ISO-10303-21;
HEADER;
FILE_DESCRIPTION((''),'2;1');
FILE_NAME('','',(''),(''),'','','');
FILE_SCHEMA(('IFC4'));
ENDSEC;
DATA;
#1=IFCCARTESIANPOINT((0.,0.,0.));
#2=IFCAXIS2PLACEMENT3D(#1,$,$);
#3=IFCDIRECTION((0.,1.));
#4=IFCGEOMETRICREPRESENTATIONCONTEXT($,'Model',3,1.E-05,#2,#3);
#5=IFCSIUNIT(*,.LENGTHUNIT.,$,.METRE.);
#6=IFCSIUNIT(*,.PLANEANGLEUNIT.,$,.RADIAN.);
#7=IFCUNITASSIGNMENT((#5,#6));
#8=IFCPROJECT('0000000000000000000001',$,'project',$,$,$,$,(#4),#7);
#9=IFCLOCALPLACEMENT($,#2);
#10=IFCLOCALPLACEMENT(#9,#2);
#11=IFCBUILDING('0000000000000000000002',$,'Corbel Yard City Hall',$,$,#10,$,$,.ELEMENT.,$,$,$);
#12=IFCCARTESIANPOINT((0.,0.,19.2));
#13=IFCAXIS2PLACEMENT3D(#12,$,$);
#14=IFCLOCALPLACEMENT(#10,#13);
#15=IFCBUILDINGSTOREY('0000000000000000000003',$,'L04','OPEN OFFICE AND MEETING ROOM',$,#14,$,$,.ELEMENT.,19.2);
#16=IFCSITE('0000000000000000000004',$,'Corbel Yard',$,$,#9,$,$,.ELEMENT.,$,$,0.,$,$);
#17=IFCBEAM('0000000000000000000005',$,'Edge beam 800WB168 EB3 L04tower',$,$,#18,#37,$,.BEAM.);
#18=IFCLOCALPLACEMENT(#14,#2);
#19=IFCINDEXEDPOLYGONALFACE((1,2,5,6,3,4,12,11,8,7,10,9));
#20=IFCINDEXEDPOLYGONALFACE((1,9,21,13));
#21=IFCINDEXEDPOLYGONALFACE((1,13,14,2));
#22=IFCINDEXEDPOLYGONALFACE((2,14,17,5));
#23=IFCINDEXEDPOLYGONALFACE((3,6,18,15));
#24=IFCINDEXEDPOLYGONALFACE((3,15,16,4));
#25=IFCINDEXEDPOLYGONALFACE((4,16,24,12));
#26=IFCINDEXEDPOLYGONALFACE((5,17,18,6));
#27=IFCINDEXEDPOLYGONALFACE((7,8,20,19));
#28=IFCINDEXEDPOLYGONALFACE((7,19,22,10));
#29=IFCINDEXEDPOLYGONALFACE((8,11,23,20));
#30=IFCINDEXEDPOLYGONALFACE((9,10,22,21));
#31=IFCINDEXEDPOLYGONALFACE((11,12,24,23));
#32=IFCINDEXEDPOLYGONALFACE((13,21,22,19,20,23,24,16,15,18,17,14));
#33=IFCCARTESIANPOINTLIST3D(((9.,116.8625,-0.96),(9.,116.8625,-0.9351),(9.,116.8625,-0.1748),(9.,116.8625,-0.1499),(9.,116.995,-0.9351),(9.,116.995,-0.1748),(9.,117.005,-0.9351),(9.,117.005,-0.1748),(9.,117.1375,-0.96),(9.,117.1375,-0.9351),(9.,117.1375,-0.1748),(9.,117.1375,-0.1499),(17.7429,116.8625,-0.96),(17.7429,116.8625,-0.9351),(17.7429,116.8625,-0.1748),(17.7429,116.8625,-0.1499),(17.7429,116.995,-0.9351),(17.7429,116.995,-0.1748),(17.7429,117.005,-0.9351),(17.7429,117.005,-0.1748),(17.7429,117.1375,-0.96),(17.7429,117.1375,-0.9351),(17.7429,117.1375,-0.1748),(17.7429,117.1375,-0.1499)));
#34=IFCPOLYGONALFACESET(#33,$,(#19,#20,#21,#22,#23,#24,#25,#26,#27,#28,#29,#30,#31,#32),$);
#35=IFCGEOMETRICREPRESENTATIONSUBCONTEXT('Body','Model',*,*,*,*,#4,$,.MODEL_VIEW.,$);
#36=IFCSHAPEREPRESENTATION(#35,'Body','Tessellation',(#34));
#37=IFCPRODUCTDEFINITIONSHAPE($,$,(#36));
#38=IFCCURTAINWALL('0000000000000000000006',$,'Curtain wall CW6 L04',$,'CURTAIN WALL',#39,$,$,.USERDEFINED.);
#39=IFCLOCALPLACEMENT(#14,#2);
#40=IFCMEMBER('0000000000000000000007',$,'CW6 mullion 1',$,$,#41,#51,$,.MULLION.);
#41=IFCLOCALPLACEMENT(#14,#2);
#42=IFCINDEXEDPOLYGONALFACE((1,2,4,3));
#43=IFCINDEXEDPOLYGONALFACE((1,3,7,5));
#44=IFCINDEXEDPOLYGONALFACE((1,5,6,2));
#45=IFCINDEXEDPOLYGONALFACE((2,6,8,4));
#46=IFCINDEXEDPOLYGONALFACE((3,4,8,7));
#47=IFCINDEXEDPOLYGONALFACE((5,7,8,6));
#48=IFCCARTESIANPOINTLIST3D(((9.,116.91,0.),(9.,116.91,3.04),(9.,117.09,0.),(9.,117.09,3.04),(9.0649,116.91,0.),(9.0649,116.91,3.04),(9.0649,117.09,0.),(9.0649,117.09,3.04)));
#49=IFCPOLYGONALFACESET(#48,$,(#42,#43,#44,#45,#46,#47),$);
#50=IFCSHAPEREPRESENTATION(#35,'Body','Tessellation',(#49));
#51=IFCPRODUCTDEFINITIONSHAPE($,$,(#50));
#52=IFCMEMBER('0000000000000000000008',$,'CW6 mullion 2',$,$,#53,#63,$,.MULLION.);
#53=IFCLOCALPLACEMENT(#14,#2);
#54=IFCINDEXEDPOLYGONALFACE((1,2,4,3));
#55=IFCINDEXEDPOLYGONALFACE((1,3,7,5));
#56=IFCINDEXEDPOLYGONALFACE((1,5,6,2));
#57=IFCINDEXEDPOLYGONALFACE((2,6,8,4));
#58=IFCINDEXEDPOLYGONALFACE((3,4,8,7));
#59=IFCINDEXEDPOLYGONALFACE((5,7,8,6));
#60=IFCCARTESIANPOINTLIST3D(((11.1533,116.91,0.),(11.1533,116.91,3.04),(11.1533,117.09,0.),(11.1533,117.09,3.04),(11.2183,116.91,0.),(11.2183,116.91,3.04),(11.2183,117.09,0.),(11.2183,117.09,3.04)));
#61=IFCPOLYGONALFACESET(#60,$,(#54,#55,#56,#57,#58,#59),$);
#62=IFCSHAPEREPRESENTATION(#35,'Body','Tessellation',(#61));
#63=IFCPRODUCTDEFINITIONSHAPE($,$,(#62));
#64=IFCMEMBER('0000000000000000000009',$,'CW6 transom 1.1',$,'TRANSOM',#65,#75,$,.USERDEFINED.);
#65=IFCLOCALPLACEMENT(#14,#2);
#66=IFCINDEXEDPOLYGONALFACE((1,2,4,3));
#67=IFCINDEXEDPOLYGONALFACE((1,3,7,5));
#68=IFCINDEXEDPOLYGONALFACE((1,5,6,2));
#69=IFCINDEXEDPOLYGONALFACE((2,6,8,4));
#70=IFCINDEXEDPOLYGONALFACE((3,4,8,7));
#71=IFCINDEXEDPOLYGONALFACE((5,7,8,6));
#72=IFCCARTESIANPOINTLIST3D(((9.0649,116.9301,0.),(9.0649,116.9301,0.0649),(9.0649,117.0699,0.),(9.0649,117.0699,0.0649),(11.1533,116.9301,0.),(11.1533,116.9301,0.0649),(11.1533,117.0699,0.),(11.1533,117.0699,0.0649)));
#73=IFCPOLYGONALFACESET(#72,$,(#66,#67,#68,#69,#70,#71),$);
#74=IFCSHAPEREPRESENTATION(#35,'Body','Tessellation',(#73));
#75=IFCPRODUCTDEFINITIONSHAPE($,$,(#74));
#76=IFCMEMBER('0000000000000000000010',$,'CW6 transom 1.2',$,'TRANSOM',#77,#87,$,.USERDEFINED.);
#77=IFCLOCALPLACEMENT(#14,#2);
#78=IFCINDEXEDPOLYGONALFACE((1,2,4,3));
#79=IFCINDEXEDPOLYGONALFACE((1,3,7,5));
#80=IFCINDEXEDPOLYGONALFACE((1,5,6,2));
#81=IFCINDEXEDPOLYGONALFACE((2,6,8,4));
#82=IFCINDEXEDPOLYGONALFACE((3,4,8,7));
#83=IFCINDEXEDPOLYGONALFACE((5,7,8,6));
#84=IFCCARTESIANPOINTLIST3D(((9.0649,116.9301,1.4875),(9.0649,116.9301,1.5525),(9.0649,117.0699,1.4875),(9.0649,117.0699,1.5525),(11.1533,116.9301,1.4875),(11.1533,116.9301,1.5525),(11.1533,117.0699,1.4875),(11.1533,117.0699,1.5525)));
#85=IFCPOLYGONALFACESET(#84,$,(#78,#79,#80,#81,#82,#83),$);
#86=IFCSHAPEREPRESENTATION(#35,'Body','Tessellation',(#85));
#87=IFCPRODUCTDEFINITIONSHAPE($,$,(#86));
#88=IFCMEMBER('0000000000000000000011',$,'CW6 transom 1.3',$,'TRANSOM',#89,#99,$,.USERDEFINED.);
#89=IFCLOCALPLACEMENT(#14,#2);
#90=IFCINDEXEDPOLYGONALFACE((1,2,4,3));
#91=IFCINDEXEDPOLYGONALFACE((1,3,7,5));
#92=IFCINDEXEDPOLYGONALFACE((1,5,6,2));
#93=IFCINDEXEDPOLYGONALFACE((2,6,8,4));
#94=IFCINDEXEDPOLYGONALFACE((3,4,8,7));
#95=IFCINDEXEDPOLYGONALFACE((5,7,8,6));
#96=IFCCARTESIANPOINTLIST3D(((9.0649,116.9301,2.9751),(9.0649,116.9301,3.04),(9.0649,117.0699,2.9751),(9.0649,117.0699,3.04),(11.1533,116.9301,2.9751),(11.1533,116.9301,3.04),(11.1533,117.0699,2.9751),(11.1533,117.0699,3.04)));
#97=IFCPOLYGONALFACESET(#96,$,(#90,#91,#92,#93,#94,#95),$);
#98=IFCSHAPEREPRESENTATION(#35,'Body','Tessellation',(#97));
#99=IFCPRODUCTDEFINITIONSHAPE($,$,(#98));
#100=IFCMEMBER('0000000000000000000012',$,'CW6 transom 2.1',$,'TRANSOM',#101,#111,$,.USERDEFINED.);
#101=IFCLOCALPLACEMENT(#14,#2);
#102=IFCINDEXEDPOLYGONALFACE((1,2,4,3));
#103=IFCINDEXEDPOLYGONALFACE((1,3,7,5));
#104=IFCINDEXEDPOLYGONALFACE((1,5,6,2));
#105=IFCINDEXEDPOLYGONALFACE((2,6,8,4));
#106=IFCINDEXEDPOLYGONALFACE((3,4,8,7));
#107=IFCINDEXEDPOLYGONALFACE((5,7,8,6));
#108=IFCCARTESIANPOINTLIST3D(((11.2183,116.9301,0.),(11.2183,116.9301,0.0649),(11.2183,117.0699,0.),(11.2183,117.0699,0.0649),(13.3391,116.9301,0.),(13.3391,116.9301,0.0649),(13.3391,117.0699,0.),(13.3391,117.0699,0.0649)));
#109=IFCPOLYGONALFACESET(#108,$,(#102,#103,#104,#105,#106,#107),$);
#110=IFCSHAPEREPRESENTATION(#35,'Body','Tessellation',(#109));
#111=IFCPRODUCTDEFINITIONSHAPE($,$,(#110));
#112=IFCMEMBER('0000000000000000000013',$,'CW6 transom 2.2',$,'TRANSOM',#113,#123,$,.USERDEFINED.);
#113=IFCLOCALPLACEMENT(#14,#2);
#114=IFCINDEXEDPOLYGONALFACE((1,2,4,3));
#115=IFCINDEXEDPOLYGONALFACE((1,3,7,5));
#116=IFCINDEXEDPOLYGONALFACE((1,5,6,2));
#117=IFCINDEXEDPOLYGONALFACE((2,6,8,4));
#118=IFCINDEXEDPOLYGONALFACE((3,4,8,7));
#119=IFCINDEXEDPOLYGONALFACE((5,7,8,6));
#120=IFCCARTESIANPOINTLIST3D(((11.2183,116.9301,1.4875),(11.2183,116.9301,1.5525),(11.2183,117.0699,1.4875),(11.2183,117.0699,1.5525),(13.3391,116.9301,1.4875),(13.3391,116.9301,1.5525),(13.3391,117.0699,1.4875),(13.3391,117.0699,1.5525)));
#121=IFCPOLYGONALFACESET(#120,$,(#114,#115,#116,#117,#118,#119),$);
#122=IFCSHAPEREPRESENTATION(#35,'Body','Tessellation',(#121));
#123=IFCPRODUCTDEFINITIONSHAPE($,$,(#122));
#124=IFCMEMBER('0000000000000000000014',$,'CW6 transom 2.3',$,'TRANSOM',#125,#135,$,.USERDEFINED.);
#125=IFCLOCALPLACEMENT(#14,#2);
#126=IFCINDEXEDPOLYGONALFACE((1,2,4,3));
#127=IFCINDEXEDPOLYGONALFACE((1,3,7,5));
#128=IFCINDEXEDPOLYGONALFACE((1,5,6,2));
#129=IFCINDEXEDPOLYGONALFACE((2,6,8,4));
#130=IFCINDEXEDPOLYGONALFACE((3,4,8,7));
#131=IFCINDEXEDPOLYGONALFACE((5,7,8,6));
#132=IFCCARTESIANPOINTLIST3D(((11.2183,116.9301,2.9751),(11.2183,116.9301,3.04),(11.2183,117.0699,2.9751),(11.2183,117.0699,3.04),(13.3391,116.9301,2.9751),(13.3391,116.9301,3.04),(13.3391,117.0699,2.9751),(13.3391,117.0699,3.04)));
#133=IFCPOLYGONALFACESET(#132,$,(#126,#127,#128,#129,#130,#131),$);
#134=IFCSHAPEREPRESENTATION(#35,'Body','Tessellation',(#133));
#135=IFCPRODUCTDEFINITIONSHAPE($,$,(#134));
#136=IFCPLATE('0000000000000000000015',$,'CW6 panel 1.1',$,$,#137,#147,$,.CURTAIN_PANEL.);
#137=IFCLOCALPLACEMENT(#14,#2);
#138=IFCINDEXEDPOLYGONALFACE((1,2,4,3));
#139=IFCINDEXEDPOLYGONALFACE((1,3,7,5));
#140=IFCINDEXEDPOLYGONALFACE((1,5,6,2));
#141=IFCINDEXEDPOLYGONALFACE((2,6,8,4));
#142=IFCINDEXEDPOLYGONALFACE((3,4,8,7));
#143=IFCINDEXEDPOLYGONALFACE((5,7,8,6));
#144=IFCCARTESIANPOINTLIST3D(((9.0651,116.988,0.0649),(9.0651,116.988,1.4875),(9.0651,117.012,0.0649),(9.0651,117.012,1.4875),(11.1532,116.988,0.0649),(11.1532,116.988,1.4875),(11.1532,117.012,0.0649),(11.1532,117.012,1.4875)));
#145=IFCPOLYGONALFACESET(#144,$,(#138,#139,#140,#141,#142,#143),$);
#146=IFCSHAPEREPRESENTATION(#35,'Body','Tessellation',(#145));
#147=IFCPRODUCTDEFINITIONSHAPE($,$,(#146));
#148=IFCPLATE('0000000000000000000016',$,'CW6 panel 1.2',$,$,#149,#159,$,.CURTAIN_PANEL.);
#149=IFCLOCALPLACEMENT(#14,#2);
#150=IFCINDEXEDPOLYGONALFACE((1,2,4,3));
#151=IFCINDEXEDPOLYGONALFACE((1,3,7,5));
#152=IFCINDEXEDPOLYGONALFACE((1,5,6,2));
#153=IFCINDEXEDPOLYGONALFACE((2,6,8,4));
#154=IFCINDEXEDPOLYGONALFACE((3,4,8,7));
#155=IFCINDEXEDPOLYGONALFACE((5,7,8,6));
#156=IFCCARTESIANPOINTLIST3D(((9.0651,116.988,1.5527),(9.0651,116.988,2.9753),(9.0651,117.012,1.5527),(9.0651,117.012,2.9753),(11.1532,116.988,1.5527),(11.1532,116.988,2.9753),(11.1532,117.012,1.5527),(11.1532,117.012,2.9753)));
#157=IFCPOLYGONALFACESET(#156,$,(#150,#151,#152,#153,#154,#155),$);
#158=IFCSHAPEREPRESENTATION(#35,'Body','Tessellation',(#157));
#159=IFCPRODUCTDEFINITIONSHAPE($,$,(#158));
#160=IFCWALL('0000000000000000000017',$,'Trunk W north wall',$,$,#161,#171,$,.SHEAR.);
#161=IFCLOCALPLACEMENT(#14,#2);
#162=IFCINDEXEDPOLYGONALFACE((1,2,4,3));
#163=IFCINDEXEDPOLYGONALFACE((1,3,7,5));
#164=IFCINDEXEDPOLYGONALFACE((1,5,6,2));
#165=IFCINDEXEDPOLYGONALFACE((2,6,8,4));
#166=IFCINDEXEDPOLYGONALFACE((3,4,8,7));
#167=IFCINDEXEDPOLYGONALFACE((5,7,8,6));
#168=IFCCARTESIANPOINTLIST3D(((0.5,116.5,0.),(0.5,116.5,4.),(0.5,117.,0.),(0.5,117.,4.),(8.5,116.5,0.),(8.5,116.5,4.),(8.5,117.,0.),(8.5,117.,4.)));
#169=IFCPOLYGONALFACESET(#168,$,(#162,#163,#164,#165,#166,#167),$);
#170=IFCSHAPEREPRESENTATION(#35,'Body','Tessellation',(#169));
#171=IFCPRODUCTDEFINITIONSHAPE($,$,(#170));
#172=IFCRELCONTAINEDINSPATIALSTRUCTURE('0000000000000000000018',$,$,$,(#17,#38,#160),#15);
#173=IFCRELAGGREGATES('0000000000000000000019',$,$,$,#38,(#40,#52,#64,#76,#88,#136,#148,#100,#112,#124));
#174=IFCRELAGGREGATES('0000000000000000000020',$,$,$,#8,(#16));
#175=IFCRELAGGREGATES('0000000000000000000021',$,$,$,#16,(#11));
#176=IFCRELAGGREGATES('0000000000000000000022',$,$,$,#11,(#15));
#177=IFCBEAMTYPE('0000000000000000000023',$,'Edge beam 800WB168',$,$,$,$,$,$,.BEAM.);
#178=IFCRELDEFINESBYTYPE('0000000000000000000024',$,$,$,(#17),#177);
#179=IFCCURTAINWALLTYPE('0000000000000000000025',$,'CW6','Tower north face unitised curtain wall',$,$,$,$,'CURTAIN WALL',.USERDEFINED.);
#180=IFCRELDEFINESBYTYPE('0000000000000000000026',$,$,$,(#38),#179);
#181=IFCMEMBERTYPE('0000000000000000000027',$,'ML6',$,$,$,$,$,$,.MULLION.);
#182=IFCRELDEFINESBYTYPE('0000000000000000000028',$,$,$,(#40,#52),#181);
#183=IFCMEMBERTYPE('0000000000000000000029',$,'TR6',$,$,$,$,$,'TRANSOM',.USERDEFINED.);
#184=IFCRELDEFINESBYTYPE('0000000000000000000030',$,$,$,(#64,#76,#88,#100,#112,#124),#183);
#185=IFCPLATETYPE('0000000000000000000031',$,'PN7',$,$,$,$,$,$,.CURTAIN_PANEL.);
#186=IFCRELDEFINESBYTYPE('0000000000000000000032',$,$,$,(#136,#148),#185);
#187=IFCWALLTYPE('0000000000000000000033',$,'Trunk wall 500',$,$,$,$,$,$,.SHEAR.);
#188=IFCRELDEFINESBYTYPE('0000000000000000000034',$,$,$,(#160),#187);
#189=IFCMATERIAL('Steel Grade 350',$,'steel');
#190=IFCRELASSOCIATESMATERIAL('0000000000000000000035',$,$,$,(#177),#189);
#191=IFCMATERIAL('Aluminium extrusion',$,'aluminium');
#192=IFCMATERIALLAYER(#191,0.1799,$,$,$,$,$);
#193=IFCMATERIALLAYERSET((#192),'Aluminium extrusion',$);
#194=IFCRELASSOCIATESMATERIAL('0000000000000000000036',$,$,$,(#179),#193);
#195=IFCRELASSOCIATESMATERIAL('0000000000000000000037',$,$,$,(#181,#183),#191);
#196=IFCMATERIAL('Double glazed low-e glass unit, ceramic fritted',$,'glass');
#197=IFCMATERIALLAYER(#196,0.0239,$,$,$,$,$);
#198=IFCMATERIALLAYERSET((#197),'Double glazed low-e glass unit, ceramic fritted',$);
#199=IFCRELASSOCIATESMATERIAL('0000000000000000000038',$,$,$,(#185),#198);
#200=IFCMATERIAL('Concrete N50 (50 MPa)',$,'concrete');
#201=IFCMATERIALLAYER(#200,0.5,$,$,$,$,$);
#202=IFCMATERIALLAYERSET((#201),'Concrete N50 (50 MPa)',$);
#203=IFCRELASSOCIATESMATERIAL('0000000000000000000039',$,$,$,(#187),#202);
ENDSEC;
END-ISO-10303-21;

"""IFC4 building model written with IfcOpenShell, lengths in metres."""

from ifc_helpers import new_model, si_unit, direction, frame, frame_2d, origin, origin_2d, place, context, subcontext, project, spatial, rectangle, i_section, extrude, material, layer, layer_set, material_profile, profile_set, type_object, element, aggregate, save


model = new_model("IFC4")

# Units and contexts
model_context = context("Model", 3, precision=1e-05, world=origin(), true_north=direction((0.0, 1.0)))
body_context = subcontext(model_context, "Body", "Model", "MODEL_VIEW")
ifc_project = project(units=[si_unit("LENGTHUNIT", "METRE"), si_unit("PLANEANGLEUNIT", "RADIAN")], contexts=[model_context])

# Site, building, storey
site_placement = place(None, origin())
site = spatial("IfcSite", under=ifc_project, at=site_placement, Name="Corbel Yard", CompositionType="ELEMENT", RefElevation=0.0)
building_placement = place(site_placement, origin())
building = spatial("IfcBuilding", under=site, at=building_placement, Name="Corbel Yard City Hall", CompositionType="ELEMENT")
storey_placement = place(building_placement, frame((0.0, 0.0, 19.2)))
storey = spatial("IfcBuildingStorey", under=building, at=storey_placement, Name="L04", Description="OPEN OFFICE AND MEETING ROOM", CompositionType="ELEMENT", Elevation=19.2)

# Beam
ifc_material_1 = material(Name="Steel Grade 350", Category="steel")
ifc_material_profile_1 = material_profile(ifc_material_1, i_section(OverallWidth=0.2749, OverallDepth=0.8101, WebThickness=0.01, FlangeThickness=0.0249, at=origin_2d()), Name="800WB168")
ifc_profile_set_1 = profile_set([ifc_material_profile_1], Name="Steel Grade 350")
beam_type = type_object("IfcBeamType", Name="Edge beam 800WB168", PredefinedType="BEAM", material=ifc_profile_set_1)
beam_placement = place(storey_placement, frame((9.0, 117.0, -0.5549), z_axis=(1.0, 0.0, 0.0), x_axis=(0.0, 1.0, 0.0)))
element("IfcBeam", 1, at=beam_placement, inside=storey, type_object=beam_type, Name="Edge beam 800WB168 EB3 L04tower", PredefinedType="BEAM", context=body_context, shape_type="SweptSolid", body=[
    extrude(i_section(OverallWidth=0.2749, OverallDepth=0.8101, WebThickness=0.01, FlangeThickness=0.0249, at=origin_2d()), origin(), (0.0, 0.0, 1.0), 8.7429),
])

# Curtain wall, members, plates
ifc_material_2 = material(Name="Aluminium extrusion", Category="aluminium")
ifc_layer_1 = layer(ifc_material_2, 0.1799)
ifc_layer_set_1 = layer_set([ifc_layer_1], Name="Aluminium extrusion")
curtain_wall_type = type_object("IfcCurtainWallType", Name="CW6", Description="Tower north face unitised curtain wall", ElementType="CURTAIN WALL", PredefinedType="USERDEFINED", material=ifc_layer_set_1)
curtain_wall_placement = place(storey_placement, origin())
curtain_wall = element("IfcCurtainWall", 2, at=curtain_wall_placement, inside=storey, type_object=curtain_wall_type, Name="Curtain wall CW6 L04", ObjectType="CURTAIN WALL", PredefinedType="USERDEFINED")
ifc_material_profile_2 = material_profile(ifc_material_2, rectangle(XDim=0.1799, YDim=0.0649, at=origin_2d()), Name="180x65")
ifc_profile_set_2 = profile_set([ifc_material_profile_2], Name="Aluminium extrusion")
member_type_1 = type_object("IfcMemberType", Name="ML6", PredefinedType="MULLION", material=ifc_profile_set_2)
member_1_placement = place(storey_placement, frame((9.0325, 117.0, 0.0), z_axis=(0.0, 0.0, 1.0), x_axis=(0.0, 1.0, 0.0)))
member_1 = element("IfcMember", 3, at=member_1_placement, type_object=member_type_1, Name="CW6 mullion 1", PredefinedType="MULLION", context=body_context, shape_type="SweptSolid", body=[
    extrude(rectangle(XDim=0.1799, YDim=0.0649, at=origin_2d()), origin(), (0.0, 0.0, 1.0), 3.04),
])
member_2_placement = place(storey_placement, frame((11.1858, 117.0, 0.0), z_axis=(0.0, 0.0, 1.0), x_axis=(0.0, 1.0, 0.0)))
member_2 = element("IfcMember", 4, at=member_2_placement, type_object=member_type_1, Name="CW6 mullion 2", PredefinedType="MULLION", context=body_context, shape_type="SweptSolid", body=[
    extrude(rectangle(XDim=0.1799, YDim=0.0649, at=origin_2d()), origin(), (0.0, 0.0, 1.0), 3.04),
])
ifc_material_profile_3 = material_profile(ifc_material_2, rectangle(XDim=0.1399, YDim=0.0649, at=origin_2d()), Name="140x65")
ifc_profile_set_3 = profile_set([ifc_material_profile_3], Name="Aluminium extrusion")
member_type_2 = type_object("IfcMemberType", Name="TR6", ElementType="TRANSOM", PredefinedType="USERDEFINED", material=ifc_profile_set_3)
member_3_placement = place(storey_placement, frame((9.0649, 117.0, 0.0325), z_axis=(1.0, 0.0, 0.0), x_axis=(0.0, 1.0, 0.0)))
member_3 = element("IfcMember", 5, at=member_3_placement, type_object=member_type_2, Name="CW6 transom 1.1", ObjectType="TRANSOM", PredefinedType="USERDEFINED", context=body_context, shape_type="SweptSolid", body=[
    extrude(rectangle(XDim=0.1399, YDim=0.0649, at=origin_2d()), origin(), (0.0, 0.0, 1.0), 2.0884),
])
member_4_placement = place(storey_placement, frame((9.0649, 117.0, 1.52), z_axis=(1.0, 0.0, 0.0), x_axis=(0.0, 1.0, 0.0)))
member_4 = element("IfcMember", 6, at=member_4_placement, type_object=member_type_2, Name="CW6 transom 1.2", ObjectType="TRANSOM", PredefinedType="USERDEFINED", context=body_context, shape_type="SweptSolid", body=[
    extrude(rectangle(XDim=0.1399, YDim=0.0649, at=origin_2d()), origin(), (0.0, 0.0, 1.0), 2.0884),
])
member_5_placement = place(storey_placement, frame((9.0649, 117.0, 3.0076), z_axis=(1.0, 0.0, 0.0), x_axis=(0.0, 1.0, 0.0)))
member_5 = element("IfcMember", 7, at=member_5_placement, type_object=member_type_2, Name="CW6 transom 1.3", ObjectType="TRANSOM", PredefinedType="USERDEFINED", context=body_context, shape_type="SweptSolid", body=[
    extrude(rectangle(XDim=0.1399, YDim=0.0649, at=origin_2d()), origin(), (0.0, 0.0, 1.0), 2.0884),
])
member_6_placement = place(storey_placement, frame((11.2183, 117.0, 0.0325), z_axis=(1.0, 0.0, 0.0), x_axis=(0.0, 1.0, 0.0)))
member_6 = element("IfcMember", 8, at=member_6_placement, type_object=member_type_2, Name="CW6 transom 2.1", ObjectType="TRANSOM", PredefinedType="USERDEFINED", context=body_context, shape_type="SweptSolid", body=[
    extrude(rectangle(XDim=0.1399, YDim=0.0649, at=origin_2d()), origin(), (0.0, 0.0, 1.0), 2.1208),
])
member_7_placement = place(storey_placement, frame((11.2183, 117.0, 1.52), z_axis=(1.0, 0.0, 0.0), x_axis=(0.0, 1.0, 0.0)))
member_7 = element("IfcMember", 9, at=member_7_placement, type_object=member_type_2, Name="CW6 transom 2.2", ObjectType="TRANSOM", PredefinedType="USERDEFINED", context=body_context, shape_type="SweptSolid", body=[
    extrude(rectangle(XDim=0.1399, YDim=0.0649, at=origin_2d()), origin(), (0.0, 0.0, 1.0), 2.1208),
])
member_8_placement = place(storey_placement, frame((11.2183, 117.0, 3.0076), z_axis=(1.0, 0.0, 0.0), x_axis=(0.0, 1.0, 0.0)))
member_8 = element("IfcMember", 10, at=member_8_placement, type_object=member_type_2, Name="CW6 transom 2.3", ObjectType="TRANSOM", PredefinedType="USERDEFINED", context=body_context, shape_type="SweptSolid", body=[
    extrude(rectangle(XDim=0.1399, YDim=0.0649, at=origin_2d()), origin(), (0.0, 0.0, 1.0), 2.1208),
])
ifc_material_3 = material(Name="Double glazed low-e glass unit, ceramic fritted", Category="glass")
ifc_layer_2 = layer(ifc_material_3, 0.0239)
ifc_layer_set_2 = layer_set([ifc_layer_2], Name="Double glazed low-e glass unit, ceramic fritted")
plate_type = type_object("IfcPlateType", Name="PN7", PredefinedType="CURTAIN_PANEL", material=ifc_layer_set_2)
plate_1_placement = place(storey_placement, frame((10.1091, 117.0, 0.0649), z_axis=(0.0, 0.0, 1.0), x_axis=(1.0, 0.0, 0.0)))
plate_1 = element("IfcPlate", 11, at=plate_1_placement, type_object=plate_type, Name="CW6 panel 1.1", PredefinedType="CURTAIN_PANEL", context=body_context, shape_type="SweptSolid", body=[
    extrude(rectangle(XDim=2.0881, YDim=0.0239, at=origin_2d()), origin(), (0.0, 0.0, 1.0), 1.4226),
])
plate_2_placement = place(storey_placement, frame((10.1091, 117.0, 1.5527), z_axis=(0.0, 0.0, 1.0), x_axis=(1.0, 0.0, 0.0)))
plate_2 = element("IfcPlate", 12, at=plate_2_placement, type_object=plate_type, Name="CW6 panel 1.2", PredefinedType="CURTAIN_PANEL", context=body_context, shape_type="SweptSolid", body=[
    extrude(rectangle(XDim=2.0881, YDim=0.0239, at=origin_2d()), origin(), (0.0, 0.0, 1.0), 1.4226),
])
aggregate(curtain_wall, [member_1, member_2, member_3, member_4, member_5, plate_1, plate_2, member_6, member_7, member_8])

# Wall
ifc_material_4 = material(Name="Concrete N50 (50 MPa)", Category="concrete")
ifc_layer_3 = layer(ifc_material_4, 0.5)
ifc_layer_set_3 = layer_set([ifc_layer_3], Name="Concrete N50 (50 MPa)")
wall_type = type_object("IfcWallType", Name="Trunk wall 500", PredefinedType="SHEAR", material=ifc_layer_set_3)
wall_placement = place(storey_placement, frame((0.5, 116.75, 0.0), z_axis=(0.0, 0.0, 1.0), x_axis=(1.0, 0.0, 0.0)))
element("IfcWall", 13, at=wall_placement, inside=storey, type_object=wall_type, Name="Trunk W north wall", PredefinedType="SHEAR", context=body_context, shape_type="SweptSolid", body=[
    extrude(rectangle(XDim=8.0, YDim=0.5, at=frame_2d((4.0, 0.0))), origin(), (0.0, 0.0, 1.0), 4.0),
])

save(model, "model.ifc")
